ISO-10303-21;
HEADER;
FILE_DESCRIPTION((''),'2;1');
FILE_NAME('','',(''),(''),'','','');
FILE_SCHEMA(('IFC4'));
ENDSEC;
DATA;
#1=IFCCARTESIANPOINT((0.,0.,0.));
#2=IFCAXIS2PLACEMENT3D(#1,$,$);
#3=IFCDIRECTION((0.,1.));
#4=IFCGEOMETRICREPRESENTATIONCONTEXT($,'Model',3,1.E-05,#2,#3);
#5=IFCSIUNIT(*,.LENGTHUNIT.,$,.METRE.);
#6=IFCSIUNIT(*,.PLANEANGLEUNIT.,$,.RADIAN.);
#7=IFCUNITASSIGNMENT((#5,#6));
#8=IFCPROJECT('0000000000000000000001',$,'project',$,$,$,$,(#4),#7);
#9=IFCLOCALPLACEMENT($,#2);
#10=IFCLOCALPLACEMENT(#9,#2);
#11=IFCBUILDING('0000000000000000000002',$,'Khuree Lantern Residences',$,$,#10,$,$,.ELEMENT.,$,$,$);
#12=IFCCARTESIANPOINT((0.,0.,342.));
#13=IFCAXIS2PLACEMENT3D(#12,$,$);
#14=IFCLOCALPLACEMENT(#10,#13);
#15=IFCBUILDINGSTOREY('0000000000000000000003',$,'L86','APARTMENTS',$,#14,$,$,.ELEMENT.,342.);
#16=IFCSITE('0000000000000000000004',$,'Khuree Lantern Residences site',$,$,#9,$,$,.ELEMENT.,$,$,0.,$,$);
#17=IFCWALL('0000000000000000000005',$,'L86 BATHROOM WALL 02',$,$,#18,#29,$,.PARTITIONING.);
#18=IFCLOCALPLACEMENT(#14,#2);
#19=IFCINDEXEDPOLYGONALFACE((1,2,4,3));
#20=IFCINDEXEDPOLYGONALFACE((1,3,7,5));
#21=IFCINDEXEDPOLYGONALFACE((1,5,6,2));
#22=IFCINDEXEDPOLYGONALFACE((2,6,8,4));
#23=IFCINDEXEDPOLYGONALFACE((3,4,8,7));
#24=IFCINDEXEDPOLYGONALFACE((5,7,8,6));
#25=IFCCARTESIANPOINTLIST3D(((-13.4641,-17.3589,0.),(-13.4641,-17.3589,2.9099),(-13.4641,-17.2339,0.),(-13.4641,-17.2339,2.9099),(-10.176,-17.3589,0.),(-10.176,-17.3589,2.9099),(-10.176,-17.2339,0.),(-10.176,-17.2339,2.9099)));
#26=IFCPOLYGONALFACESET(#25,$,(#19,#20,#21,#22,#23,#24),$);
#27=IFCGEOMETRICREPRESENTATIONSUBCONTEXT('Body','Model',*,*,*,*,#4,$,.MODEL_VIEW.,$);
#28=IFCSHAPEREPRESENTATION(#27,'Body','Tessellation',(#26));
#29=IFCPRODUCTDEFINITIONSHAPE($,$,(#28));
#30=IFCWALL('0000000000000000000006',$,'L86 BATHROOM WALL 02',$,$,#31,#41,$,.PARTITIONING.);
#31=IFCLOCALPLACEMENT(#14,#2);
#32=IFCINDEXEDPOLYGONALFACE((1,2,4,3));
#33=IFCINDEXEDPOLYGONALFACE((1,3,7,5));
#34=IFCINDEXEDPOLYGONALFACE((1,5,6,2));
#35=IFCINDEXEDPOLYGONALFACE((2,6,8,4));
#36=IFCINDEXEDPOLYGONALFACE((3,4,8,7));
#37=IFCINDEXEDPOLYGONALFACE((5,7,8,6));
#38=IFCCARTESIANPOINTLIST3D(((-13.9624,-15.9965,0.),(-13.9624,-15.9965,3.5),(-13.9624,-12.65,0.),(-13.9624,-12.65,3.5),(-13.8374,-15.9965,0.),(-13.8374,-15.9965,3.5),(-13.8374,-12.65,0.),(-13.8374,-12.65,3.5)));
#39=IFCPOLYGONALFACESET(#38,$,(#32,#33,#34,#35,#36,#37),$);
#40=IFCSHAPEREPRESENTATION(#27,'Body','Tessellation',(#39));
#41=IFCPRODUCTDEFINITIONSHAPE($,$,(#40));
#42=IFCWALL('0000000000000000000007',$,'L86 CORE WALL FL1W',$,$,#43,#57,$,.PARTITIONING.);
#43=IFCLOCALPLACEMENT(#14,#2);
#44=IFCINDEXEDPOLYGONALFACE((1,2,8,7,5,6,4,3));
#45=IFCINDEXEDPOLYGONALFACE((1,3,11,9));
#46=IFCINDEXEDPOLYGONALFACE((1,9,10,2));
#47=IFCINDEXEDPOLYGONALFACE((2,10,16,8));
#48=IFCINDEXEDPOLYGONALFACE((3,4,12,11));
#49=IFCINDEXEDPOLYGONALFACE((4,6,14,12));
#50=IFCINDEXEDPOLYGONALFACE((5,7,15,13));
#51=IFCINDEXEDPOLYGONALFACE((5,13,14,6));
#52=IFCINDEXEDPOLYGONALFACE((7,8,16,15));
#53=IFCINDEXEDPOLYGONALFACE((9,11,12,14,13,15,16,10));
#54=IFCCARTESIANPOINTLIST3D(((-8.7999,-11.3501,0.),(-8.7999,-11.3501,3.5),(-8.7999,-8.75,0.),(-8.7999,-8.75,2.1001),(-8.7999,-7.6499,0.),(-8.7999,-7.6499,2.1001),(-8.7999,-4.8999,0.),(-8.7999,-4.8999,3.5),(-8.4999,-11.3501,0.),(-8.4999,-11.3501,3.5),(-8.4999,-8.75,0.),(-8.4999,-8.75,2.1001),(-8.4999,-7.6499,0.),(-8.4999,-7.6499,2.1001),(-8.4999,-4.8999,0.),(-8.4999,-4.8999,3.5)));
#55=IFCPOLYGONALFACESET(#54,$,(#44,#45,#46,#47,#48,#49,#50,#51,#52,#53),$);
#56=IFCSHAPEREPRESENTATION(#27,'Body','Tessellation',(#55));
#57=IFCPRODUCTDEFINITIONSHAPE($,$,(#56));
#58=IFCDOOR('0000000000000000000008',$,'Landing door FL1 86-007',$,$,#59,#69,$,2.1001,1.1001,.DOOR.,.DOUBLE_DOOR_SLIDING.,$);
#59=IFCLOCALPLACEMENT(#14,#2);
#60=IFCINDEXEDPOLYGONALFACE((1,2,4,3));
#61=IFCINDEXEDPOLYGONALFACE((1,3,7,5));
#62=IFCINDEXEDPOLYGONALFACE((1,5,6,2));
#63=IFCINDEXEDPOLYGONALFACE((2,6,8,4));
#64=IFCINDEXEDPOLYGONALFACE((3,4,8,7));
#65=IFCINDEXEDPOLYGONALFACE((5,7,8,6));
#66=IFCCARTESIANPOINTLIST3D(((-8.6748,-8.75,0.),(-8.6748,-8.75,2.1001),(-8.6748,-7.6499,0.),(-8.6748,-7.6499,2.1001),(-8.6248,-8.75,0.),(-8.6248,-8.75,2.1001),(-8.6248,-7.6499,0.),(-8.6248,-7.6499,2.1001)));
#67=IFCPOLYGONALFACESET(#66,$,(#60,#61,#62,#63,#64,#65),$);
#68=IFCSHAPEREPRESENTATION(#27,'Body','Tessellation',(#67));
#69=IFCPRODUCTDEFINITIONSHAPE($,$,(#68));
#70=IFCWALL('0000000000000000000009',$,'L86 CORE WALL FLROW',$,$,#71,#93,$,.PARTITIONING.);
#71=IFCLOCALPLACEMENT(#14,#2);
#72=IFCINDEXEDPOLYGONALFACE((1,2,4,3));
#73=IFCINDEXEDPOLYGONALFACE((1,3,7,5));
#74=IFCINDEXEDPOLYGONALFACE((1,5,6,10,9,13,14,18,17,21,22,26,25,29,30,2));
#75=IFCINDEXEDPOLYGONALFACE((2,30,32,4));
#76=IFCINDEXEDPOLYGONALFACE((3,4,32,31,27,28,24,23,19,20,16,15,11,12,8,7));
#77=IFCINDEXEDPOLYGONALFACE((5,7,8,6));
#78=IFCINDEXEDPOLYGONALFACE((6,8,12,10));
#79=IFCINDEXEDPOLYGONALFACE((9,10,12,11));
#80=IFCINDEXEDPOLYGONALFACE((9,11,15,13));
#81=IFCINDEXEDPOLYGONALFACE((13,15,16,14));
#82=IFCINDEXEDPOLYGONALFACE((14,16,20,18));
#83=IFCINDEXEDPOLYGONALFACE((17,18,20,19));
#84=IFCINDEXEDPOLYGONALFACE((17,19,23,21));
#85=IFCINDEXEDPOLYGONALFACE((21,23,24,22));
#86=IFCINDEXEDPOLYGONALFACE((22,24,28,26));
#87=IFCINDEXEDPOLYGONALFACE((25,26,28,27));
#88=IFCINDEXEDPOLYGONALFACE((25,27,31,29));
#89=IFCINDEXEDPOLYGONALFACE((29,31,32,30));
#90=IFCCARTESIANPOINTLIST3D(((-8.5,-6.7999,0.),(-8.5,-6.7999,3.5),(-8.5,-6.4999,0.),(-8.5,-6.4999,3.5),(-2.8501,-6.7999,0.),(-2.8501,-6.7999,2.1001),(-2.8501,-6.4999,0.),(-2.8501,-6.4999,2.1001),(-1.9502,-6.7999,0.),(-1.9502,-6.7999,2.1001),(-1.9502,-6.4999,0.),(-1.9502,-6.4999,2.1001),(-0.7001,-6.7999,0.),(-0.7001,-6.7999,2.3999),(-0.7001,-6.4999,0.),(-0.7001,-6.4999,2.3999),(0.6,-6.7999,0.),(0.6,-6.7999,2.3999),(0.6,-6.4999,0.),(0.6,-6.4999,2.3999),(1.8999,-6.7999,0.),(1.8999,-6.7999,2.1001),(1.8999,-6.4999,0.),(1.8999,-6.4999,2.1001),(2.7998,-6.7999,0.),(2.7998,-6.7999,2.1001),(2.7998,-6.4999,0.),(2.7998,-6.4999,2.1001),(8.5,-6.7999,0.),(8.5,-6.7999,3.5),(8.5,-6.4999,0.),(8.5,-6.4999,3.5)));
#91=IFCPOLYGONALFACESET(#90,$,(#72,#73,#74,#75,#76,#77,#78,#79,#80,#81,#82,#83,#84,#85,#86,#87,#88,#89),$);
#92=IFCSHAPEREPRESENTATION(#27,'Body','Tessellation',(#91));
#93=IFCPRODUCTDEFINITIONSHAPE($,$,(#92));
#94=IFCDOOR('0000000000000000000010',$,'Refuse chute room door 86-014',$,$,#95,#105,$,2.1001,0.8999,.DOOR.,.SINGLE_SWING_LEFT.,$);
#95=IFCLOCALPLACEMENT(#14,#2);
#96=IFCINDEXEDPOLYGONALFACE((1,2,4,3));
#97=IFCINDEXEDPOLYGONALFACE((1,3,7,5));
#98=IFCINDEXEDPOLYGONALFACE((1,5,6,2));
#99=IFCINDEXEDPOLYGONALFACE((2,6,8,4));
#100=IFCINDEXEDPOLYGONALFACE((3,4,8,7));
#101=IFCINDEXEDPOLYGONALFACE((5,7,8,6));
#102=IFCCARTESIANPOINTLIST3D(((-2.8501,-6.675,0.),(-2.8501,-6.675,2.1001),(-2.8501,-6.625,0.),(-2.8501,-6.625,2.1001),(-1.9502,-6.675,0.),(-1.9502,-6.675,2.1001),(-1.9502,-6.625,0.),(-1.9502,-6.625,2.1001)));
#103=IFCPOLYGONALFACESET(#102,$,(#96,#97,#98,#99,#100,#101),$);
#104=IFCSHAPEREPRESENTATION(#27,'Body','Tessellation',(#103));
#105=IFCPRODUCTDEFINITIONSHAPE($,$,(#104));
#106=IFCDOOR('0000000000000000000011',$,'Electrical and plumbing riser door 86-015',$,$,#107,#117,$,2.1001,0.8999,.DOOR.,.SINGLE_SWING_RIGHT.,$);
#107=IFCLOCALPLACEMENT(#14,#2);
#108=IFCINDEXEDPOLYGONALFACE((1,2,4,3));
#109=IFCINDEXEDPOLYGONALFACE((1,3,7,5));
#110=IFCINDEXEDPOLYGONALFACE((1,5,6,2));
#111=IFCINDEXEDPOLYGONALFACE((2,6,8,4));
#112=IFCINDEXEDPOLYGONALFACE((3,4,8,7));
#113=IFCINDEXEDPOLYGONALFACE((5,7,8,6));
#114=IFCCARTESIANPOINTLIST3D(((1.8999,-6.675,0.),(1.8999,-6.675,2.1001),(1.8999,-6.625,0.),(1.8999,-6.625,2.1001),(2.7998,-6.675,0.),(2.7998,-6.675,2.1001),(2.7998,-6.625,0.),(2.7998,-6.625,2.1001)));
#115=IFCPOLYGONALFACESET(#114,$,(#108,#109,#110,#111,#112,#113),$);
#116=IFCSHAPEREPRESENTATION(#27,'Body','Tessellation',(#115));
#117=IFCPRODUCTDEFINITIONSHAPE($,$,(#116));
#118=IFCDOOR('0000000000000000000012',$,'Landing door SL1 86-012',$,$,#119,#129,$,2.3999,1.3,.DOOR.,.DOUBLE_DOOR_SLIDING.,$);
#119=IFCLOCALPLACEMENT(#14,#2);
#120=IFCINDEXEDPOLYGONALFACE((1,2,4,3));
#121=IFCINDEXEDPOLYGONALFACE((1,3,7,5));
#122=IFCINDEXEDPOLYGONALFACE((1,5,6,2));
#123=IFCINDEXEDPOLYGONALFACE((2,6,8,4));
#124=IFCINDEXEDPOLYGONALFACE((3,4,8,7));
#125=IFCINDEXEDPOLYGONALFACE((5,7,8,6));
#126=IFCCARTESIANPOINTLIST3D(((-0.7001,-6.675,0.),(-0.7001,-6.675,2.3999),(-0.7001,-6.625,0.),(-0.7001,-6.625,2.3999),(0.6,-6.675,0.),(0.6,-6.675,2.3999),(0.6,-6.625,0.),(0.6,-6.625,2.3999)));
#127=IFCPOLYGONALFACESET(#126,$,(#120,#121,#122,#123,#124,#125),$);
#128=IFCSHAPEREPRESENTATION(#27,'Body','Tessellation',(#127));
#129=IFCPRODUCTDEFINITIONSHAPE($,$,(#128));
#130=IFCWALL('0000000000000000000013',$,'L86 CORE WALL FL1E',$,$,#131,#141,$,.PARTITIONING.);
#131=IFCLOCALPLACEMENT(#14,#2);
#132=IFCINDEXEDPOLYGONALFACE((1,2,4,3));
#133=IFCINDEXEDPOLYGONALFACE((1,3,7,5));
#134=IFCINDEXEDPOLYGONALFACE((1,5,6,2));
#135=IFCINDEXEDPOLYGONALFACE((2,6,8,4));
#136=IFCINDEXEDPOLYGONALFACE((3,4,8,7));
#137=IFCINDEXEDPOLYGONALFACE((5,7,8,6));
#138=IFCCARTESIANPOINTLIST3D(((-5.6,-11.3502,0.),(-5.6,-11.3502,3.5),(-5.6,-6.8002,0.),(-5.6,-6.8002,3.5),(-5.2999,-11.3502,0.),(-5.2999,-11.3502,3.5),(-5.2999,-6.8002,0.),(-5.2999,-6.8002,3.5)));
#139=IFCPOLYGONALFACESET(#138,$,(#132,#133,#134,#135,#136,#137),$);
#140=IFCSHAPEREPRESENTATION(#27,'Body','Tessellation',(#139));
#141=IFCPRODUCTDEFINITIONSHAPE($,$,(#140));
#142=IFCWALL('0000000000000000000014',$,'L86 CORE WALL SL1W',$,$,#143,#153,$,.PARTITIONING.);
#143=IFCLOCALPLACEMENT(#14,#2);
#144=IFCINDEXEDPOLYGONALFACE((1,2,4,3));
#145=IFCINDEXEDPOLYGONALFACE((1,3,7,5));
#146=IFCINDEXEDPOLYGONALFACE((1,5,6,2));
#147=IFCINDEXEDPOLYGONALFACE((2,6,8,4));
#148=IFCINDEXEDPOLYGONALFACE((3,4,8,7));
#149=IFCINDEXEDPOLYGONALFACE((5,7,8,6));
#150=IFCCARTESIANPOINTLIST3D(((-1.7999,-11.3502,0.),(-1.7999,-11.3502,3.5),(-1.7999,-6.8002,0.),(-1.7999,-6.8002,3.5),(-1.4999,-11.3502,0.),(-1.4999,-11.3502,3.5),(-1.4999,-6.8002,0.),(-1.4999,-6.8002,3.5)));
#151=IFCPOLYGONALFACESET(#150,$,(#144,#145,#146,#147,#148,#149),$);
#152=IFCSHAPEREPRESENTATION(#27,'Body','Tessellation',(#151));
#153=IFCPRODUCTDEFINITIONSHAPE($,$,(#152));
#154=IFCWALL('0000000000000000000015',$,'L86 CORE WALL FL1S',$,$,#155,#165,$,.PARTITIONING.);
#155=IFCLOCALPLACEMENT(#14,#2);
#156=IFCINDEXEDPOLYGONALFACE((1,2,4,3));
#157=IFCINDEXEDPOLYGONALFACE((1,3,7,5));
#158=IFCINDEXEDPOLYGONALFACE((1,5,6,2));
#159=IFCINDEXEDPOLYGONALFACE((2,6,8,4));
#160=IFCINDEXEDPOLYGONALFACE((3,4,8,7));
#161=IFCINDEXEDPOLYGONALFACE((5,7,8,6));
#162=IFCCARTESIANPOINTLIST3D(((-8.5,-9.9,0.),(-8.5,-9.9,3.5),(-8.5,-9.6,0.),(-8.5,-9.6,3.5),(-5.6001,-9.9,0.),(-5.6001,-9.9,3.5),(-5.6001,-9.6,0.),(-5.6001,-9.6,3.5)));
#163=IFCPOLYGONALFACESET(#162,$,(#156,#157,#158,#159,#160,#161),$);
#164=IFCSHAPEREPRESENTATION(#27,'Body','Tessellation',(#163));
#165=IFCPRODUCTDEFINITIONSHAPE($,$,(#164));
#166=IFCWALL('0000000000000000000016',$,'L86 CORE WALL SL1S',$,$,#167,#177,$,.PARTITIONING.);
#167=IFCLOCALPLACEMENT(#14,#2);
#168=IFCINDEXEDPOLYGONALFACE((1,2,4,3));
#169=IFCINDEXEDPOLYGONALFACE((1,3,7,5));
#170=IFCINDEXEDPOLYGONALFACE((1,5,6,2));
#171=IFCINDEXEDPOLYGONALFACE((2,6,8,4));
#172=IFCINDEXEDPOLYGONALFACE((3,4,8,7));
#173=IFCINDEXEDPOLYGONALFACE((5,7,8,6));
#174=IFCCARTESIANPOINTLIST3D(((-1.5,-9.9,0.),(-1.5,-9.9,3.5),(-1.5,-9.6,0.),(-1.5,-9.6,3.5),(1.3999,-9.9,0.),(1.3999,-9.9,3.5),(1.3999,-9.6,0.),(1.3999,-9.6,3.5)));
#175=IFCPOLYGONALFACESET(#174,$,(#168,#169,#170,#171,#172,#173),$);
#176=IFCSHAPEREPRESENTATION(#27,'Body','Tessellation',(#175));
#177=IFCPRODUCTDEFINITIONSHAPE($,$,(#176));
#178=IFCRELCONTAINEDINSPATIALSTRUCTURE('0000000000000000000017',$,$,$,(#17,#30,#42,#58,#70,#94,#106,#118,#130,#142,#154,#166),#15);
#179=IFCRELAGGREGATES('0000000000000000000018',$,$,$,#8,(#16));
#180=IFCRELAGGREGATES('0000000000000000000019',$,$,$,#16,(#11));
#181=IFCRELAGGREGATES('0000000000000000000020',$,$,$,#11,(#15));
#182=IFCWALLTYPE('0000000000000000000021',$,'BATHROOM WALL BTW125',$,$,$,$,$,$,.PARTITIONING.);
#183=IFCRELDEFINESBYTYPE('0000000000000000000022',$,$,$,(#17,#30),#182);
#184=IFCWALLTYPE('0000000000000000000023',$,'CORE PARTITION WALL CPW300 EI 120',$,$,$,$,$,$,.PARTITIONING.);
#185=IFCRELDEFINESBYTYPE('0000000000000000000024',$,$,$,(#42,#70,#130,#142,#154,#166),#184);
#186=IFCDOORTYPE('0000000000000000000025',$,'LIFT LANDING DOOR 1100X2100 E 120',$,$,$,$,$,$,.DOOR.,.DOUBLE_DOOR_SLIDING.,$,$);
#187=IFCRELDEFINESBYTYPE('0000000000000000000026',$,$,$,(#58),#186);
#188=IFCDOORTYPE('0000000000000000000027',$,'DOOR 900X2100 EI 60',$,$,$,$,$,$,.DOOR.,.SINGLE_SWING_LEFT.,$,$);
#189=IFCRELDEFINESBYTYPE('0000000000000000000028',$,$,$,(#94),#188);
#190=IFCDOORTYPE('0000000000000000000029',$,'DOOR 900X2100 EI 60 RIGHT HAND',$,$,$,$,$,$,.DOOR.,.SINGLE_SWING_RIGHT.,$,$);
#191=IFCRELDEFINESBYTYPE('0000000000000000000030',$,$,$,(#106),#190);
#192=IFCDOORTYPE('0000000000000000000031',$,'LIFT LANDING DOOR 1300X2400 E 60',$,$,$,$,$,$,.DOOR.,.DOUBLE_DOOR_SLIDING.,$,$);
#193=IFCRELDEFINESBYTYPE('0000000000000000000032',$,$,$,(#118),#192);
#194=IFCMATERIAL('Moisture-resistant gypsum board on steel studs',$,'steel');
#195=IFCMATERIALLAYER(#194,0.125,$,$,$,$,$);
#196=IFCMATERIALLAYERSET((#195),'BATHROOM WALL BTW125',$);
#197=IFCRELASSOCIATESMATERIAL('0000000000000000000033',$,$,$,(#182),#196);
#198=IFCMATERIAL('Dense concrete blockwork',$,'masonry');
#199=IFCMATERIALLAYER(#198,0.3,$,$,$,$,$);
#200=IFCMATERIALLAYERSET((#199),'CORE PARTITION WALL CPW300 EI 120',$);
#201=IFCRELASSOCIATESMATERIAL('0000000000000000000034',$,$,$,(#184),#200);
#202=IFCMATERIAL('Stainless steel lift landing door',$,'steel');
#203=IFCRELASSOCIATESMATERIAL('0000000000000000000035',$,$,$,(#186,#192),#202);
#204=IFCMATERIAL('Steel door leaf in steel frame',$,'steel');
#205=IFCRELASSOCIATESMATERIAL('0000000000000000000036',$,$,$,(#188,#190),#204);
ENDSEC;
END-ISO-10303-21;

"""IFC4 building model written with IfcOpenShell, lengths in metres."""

from ifc_helpers import new_model, si_unit, direction, frame, frame_2d, origin, place, context, subcontext, project, spatial, rectangle, extrude, material, layer, layer_set, type_object, element, fill, save


model = new_model("IFC4")

# Units and contexts
model_context = context("Model", 3, precision=1e-05, world=origin(), true_north=direction((0.0, 1.0)))
body_context = subcontext(model_context, "Body", "Model", "MODEL_VIEW")
ifc_project = project(units=[si_unit("LENGTHUNIT", "METRE"), si_unit("PLANEANGLEUNIT", "RADIAN")], contexts=[model_context])

# Site, building, storey
site_placement = place(None, origin())
site = spatial("IfcSite", under=ifc_project, at=site_placement, Name="Khuree Lantern Residences site", CompositionType="ELEMENT", RefElevation=0.0)
building_placement = place(site_placement, origin())
building = spatial("IfcBuilding", under=site, at=building_placement, Name="Khuree Lantern Residences", CompositionType="ELEMENT")
storey_placement = place(building_placement, frame((0.0, 0.0, 342.0)))
storey = spatial("IfcBuildingStorey", under=building, at=storey_placement, Name="L86", Description="APARTMENTS", CompositionType="ELEMENT", Elevation=342.0)

# Walls
ifc_material_1 = material(Name="Moisture-resistant gypsum board on steel studs", Category="steel")
ifc_layer_1 = layer(ifc_material_1, 0.125)
ifc_layer_set_1 = layer_set([ifc_layer_1], Name="BATHROOM WALL BTW125")
wall_type_1 = type_object("IfcWallType", Name="BATHROOM WALL BTW125", PredefinedType="PARTITIONING", material=ifc_layer_set_1)
wall_1_placement = place(storey_placement, frame((-13.4641, -17.2964, 0.0), z_axis=(0.0, 0.0, 1.0), x_axis=(1.0, 0.0, 0.0)))
element("IfcWall", 1, at=wall_1_placement, inside=storey, type_object=wall_type_1, Name="L86 BATHROOM WALL 02", PredefinedType="PARTITIONING", context=body_context, shape_type="SweptSolid", body=[
    extrude(rectangle(XDim=3.2881, YDim=0.125, at=frame_2d((1.644, 0.0))), origin(), (0.0, 0.0, 1.0), 2.9099),
])
wall_2_placement = place(storey_placement, frame((-13.8999, -12.6499, 0.0), z_axis=(0.0, 0.0, 1.0), x_axis=(0.0, -1.0, 0.0)))
element("IfcWall", 2, at=wall_2_placement, inside=storey, type_object=wall_type_1, Name="L86 BATHROOM WALL 02", PredefinedType="PARTITIONING", context=body_context, shape_type="SweptSolid", body=[
    extrude(rectangle(XDim=3.3464, YDim=0.125, at=frame_2d((1.6733, 0.0))), origin(), (0.0, 0.0, 1.0), 3.5),
])

# Wall, opening, door
ifc_material_2 = material(Name="Dense concrete blockwork", Category="masonry")
ifc_layer_2 = layer(ifc_material_2, 0.3)
ifc_layer_set_2 = layer_set([ifc_layer_2], Name="CORE PARTITION WALL CPW300 EI 120")
wall_type_2 = type_object("IfcWallType", Name="CORE PARTITION WALL CPW300 EI 120", PredefinedType="PARTITIONING", material=ifc_layer_set_2)
wall_3_placement = place(storey_placement, frame((-8.6499, -11.3501, 0.0), z_axis=(0.0, 0.0, 1.0), x_axis=(0.0, 1.0, 0.0)))
wall_3 = element("IfcWall", 3, at=wall_3_placement, inside=storey, type_object=wall_type_2, Name="L86 CORE WALL FL1W", PredefinedType="PARTITIONING", context=body_context, shape_type="SweptSolid", body=[
    extrude(rectangle(XDim=6.4502, YDim=0.3, at=frame_2d((3.2251, 0.0))), origin(), (0.0, 0.0, 1.0), 3.5),
])
opening_1_placement = place(wall_3_placement, frame((2.6001, 0.0, 0.0)))
opening_1 = element("IfcOpeningElement", 4, at=opening_1_placement, cuts=wall_3, PredefinedType="OPENING", context=body_context, shape_type="SweptSolid", body=[
    extrude(rectangle(XDim=1.1001, YDim=2.1001, at=frame_2d((0.55, 1.05))), frame((0.0, 0.1602, 0.0), z_axis=(0.0, -1.0, 0.0), x_axis=(1.0, 0.0, 0.0)), (0.0, 0.0, 1.0), 0.3201),
])
ifc_material_3 = material(Name="Stainless steel lift landing door", Category="steel")
door_type_1 = type_object("IfcDoorType", Name="LIFT LANDING DOOR 1100X2100 E 120", OperationType="DOUBLE_DOOR_SLIDING", PredefinedType="DOOR", material=ifc_material_3)
door_1_placement = place(opening_1_placement, origin())
door_1 = element("IfcDoor", 5, at=door_1_placement, inside=storey, type_object=door_type_1, Name="Landing door FL1 86-007", OperationType="DOUBLE_DOOR_SLIDING", OverallHeight=2.1001, OverallWidth=1.1001, PredefinedType="DOOR", context=body_context, shape_type="SweptSolid", body=[
    extrude(rectangle(XDim=1.1001, YDim=2.1001, at=frame_2d((0.55, 1.05))), frame((0.0, 0.0249, 0.0), z_axis=(0.0, -1.0, 0.0), x_axis=(1.0, 0.0, 0.0)), (0.0, 0.0, 1.0), 0.05),
])
fill(opening_1, door_1)

# Wall, openings, doors
wall_4_placement = place(storey_placement, frame((-8.5, -6.6499, 0.0), z_axis=(0.0, 0.0, 1.0), x_axis=(1.0, 0.0, 0.0)))
wall_4 = element("IfcWall", 6, at=wall_4_placement, inside=storey, type_object=wall_type_2, Name="L86 CORE WALL FLROW", PredefinedType="PARTITIONING", context=body_context, shape_type="SweptSolid", body=[
    extrude(rectangle(XDim=17.0, YDim=0.3, at=frame_2d((8.5, 0.0))), origin(), (0.0, 0.0, 1.0), 3.5),
])
opening_2_placement = place(wall_4_placement, frame((7.8, 0.0, 0.0)))
opening_2 = element("IfcOpeningElement", 7, at=opening_2_placement, cuts=wall_4, PredefinedType="OPENING", context=body_context, shape_type="SweptSolid", body=[
    extrude(rectangle(XDim=1.3, YDim=2.3999, at=frame_2d((0.6499, 1.2))), frame((0.0, 0.1602, 0.0), z_axis=(0.0, -1.0, 0.0), x_axis=(1.0, 0.0, 0.0)), (0.0, 0.0, 1.0), 0.3201),
])
opening_3_placement = place(wall_4_placement, frame((5.6499, 0.0, 0.0)))
opening_3 = element("IfcOpeningElement", 8, at=opening_3_placement, cuts=wall_4, PredefinedType="OPENING", context=body_context, shape_type="SweptSolid", body=[
    extrude(rectangle(XDim=0.8999, YDim=2.1001, at=frame_2d((0.45, 1.05))), frame((0.0, 0.1602, 0.0), z_axis=(0.0, -1.0, 0.0), x_axis=(1.0, 0.0, 0.0)), (0.0, 0.0, 1.0), 0.3201),
])
opening_4_placement = place(wall_4_placement, frame((10.3999, 0.0, 0.0)))
opening_4 = element("IfcOpeningElement", 9, at=opening_4_placement, cuts=wall_4, PredefinedType="OPENING", context=body_context, shape_type="SweptSolid", body=[
    extrude(rectangle(XDim=0.8999, YDim=2.1001, at=frame_2d((0.45, 1.05))), frame((0.0, 0.1602, 0.0), z_axis=(0.0, -1.0, 0.0), x_axis=(1.0, 0.0, 0.0)), (0.0, 0.0, 1.0), 0.3201),
])
ifc_material_4 = material(Name="Steel door leaf in steel frame", Category="steel")
door_type_2 = type_object("IfcDoorType", Name="DOOR 900X2100 EI 60", OperationType="SINGLE_SWING_LEFT", PredefinedType="DOOR", material=ifc_material_4)
door_2_placement = place(opening_3_placement, origin())
door_2 = element("IfcDoor", 10, at=door_2_placement, inside=storey, type_object=door_type_2, Name="Refuse chute room door 86-014", OperationType="SINGLE_SWING_LEFT", OverallHeight=2.1001, OverallWidth=0.8999, PredefinedType="DOOR", context=body_context, shape_type="SweptSolid", body=[
    extrude(rectangle(XDim=0.8999, YDim=2.1001, at=frame_2d((0.45, 1.05))), frame((0.0, 0.0249, 0.0), z_axis=(0.0, -1.0, 0.0), x_axis=(1.0, 0.0, 0.0)), (0.0, 0.0, 1.0), 0.05),
])
fill(opening_3, door_2)
door_type_3 = type_object("IfcDoorType", Name="DOOR 900X2100 EI 60 RIGHT HAND", OperationType="SINGLE_SWING_RIGHT", PredefinedType="DOOR", material=ifc_material_4)
door_3_placement = place(opening_4_placement, origin())
door_3 = element("IfcDoor", 11, at=door_3_placement, inside=storey, type_object=door_type_3, Name="Electrical and plumbing riser door 86-015", OperationType="SINGLE_SWING_RIGHT", OverallHeight=2.1001, OverallWidth=0.8999, PredefinedType="DOOR", context=body_context, shape_type="SweptSolid", body=[
    extrude(rectangle(XDim=0.8999, YDim=2.1001, at=frame_2d((0.45, 1.05))), frame((0.0, 0.0249, 0.0), z_axis=(0.0, -1.0, 0.0), x_axis=(1.0, 0.0, 0.0)), (0.0, 0.0, 1.0), 0.05),
])
fill(opening_4, door_3)
door_type_4 = type_object("IfcDoorType", Name="LIFT LANDING DOOR 1300X2400 E 60", OperationType="DOUBLE_DOOR_SLIDING", PredefinedType="DOOR", material=ifc_material_3)
door_4_placement = place(opening_2_placement, origin())
door_4 = element("IfcDoor", 12, at=door_4_placement, inside=storey, type_object=door_type_4, Name="Landing door SL1 86-012", OperationType="DOUBLE_DOOR_SLIDING", OverallHeight=2.3999, OverallWidth=1.3, PredefinedType="DOOR", context=body_context, shape_type="SweptSolid", body=[
    extrude(rectangle(XDim=1.3, YDim=2.3999, at=frame_2d((0.6499, 1.2))), frame((0.0, 0.0249, 0.0), z_axis=(0.0, -1.0, 0.0), x_axis=(1.0, 0.0, 0.0)), (0.0, 0.0, 1.0), 0.05),
])
fill(opening_2, door_4)

# Walls
for number, where, z_axis, x_axis, name in (
    (13, (-5.45, -11.3501, 0.0), (0.0, 0.0, 1.0), (0.0, 1.0, 0.0), "L86 CORE WALL FL1E"),
    (14, (-1.6499, -11.3501, 0.0), (0.0, 0.0, 1.0), (0.0, 1.0, 0.0), "L86 CORE WALL SL1W"),
):
    element("IfcWall", number, at=place(storey_placement, frame(where, z_axis=z_axis, x_axis=x_axis)), inside=storey, type_object=wall_type_2, Name=name, PredefinedType="PARTITIONING", context=body_context, shape_type="SweptSolid", body=[
        extrude(rectangle(XDim=4.55, YDim=0.3, at=frame_2d((2.2749, 0.0))), origin(), (0.0, 0.0, 1.0), 3.5),
    ])
for number, where, z_axis, x_axis, name in (
    (15, (-8.5, -9.75, 0.0), (0.0, 0.0, 1.0), (1.0, 0.0, 0.0), "L86 CORE WALL FL1S"),
    (16, (-1.5, -9.75, 0.0), (0.0, 0.0, 1.0), (1.0, 0.0, 0.0), "L86 CORE WALL SL1S"),
):
    element("IfcWall", number, at=place(storey_placement, frame(where, z_axis=z_axis, x_axis=x_axis)), inside=storey, type_object=wall_type_2, Name=name, PredefinedType="PARTITIONING", context=body_context, shape_type="SweptSolid", body=[
        extrude(rectangle(XDim=2.8999, YDim=0.3, at=frame_2d((1.45, 0.0))), origin(), (0.0, 0.0, 1.0), 3.5),
    ])

save(model, "model.ifc")
